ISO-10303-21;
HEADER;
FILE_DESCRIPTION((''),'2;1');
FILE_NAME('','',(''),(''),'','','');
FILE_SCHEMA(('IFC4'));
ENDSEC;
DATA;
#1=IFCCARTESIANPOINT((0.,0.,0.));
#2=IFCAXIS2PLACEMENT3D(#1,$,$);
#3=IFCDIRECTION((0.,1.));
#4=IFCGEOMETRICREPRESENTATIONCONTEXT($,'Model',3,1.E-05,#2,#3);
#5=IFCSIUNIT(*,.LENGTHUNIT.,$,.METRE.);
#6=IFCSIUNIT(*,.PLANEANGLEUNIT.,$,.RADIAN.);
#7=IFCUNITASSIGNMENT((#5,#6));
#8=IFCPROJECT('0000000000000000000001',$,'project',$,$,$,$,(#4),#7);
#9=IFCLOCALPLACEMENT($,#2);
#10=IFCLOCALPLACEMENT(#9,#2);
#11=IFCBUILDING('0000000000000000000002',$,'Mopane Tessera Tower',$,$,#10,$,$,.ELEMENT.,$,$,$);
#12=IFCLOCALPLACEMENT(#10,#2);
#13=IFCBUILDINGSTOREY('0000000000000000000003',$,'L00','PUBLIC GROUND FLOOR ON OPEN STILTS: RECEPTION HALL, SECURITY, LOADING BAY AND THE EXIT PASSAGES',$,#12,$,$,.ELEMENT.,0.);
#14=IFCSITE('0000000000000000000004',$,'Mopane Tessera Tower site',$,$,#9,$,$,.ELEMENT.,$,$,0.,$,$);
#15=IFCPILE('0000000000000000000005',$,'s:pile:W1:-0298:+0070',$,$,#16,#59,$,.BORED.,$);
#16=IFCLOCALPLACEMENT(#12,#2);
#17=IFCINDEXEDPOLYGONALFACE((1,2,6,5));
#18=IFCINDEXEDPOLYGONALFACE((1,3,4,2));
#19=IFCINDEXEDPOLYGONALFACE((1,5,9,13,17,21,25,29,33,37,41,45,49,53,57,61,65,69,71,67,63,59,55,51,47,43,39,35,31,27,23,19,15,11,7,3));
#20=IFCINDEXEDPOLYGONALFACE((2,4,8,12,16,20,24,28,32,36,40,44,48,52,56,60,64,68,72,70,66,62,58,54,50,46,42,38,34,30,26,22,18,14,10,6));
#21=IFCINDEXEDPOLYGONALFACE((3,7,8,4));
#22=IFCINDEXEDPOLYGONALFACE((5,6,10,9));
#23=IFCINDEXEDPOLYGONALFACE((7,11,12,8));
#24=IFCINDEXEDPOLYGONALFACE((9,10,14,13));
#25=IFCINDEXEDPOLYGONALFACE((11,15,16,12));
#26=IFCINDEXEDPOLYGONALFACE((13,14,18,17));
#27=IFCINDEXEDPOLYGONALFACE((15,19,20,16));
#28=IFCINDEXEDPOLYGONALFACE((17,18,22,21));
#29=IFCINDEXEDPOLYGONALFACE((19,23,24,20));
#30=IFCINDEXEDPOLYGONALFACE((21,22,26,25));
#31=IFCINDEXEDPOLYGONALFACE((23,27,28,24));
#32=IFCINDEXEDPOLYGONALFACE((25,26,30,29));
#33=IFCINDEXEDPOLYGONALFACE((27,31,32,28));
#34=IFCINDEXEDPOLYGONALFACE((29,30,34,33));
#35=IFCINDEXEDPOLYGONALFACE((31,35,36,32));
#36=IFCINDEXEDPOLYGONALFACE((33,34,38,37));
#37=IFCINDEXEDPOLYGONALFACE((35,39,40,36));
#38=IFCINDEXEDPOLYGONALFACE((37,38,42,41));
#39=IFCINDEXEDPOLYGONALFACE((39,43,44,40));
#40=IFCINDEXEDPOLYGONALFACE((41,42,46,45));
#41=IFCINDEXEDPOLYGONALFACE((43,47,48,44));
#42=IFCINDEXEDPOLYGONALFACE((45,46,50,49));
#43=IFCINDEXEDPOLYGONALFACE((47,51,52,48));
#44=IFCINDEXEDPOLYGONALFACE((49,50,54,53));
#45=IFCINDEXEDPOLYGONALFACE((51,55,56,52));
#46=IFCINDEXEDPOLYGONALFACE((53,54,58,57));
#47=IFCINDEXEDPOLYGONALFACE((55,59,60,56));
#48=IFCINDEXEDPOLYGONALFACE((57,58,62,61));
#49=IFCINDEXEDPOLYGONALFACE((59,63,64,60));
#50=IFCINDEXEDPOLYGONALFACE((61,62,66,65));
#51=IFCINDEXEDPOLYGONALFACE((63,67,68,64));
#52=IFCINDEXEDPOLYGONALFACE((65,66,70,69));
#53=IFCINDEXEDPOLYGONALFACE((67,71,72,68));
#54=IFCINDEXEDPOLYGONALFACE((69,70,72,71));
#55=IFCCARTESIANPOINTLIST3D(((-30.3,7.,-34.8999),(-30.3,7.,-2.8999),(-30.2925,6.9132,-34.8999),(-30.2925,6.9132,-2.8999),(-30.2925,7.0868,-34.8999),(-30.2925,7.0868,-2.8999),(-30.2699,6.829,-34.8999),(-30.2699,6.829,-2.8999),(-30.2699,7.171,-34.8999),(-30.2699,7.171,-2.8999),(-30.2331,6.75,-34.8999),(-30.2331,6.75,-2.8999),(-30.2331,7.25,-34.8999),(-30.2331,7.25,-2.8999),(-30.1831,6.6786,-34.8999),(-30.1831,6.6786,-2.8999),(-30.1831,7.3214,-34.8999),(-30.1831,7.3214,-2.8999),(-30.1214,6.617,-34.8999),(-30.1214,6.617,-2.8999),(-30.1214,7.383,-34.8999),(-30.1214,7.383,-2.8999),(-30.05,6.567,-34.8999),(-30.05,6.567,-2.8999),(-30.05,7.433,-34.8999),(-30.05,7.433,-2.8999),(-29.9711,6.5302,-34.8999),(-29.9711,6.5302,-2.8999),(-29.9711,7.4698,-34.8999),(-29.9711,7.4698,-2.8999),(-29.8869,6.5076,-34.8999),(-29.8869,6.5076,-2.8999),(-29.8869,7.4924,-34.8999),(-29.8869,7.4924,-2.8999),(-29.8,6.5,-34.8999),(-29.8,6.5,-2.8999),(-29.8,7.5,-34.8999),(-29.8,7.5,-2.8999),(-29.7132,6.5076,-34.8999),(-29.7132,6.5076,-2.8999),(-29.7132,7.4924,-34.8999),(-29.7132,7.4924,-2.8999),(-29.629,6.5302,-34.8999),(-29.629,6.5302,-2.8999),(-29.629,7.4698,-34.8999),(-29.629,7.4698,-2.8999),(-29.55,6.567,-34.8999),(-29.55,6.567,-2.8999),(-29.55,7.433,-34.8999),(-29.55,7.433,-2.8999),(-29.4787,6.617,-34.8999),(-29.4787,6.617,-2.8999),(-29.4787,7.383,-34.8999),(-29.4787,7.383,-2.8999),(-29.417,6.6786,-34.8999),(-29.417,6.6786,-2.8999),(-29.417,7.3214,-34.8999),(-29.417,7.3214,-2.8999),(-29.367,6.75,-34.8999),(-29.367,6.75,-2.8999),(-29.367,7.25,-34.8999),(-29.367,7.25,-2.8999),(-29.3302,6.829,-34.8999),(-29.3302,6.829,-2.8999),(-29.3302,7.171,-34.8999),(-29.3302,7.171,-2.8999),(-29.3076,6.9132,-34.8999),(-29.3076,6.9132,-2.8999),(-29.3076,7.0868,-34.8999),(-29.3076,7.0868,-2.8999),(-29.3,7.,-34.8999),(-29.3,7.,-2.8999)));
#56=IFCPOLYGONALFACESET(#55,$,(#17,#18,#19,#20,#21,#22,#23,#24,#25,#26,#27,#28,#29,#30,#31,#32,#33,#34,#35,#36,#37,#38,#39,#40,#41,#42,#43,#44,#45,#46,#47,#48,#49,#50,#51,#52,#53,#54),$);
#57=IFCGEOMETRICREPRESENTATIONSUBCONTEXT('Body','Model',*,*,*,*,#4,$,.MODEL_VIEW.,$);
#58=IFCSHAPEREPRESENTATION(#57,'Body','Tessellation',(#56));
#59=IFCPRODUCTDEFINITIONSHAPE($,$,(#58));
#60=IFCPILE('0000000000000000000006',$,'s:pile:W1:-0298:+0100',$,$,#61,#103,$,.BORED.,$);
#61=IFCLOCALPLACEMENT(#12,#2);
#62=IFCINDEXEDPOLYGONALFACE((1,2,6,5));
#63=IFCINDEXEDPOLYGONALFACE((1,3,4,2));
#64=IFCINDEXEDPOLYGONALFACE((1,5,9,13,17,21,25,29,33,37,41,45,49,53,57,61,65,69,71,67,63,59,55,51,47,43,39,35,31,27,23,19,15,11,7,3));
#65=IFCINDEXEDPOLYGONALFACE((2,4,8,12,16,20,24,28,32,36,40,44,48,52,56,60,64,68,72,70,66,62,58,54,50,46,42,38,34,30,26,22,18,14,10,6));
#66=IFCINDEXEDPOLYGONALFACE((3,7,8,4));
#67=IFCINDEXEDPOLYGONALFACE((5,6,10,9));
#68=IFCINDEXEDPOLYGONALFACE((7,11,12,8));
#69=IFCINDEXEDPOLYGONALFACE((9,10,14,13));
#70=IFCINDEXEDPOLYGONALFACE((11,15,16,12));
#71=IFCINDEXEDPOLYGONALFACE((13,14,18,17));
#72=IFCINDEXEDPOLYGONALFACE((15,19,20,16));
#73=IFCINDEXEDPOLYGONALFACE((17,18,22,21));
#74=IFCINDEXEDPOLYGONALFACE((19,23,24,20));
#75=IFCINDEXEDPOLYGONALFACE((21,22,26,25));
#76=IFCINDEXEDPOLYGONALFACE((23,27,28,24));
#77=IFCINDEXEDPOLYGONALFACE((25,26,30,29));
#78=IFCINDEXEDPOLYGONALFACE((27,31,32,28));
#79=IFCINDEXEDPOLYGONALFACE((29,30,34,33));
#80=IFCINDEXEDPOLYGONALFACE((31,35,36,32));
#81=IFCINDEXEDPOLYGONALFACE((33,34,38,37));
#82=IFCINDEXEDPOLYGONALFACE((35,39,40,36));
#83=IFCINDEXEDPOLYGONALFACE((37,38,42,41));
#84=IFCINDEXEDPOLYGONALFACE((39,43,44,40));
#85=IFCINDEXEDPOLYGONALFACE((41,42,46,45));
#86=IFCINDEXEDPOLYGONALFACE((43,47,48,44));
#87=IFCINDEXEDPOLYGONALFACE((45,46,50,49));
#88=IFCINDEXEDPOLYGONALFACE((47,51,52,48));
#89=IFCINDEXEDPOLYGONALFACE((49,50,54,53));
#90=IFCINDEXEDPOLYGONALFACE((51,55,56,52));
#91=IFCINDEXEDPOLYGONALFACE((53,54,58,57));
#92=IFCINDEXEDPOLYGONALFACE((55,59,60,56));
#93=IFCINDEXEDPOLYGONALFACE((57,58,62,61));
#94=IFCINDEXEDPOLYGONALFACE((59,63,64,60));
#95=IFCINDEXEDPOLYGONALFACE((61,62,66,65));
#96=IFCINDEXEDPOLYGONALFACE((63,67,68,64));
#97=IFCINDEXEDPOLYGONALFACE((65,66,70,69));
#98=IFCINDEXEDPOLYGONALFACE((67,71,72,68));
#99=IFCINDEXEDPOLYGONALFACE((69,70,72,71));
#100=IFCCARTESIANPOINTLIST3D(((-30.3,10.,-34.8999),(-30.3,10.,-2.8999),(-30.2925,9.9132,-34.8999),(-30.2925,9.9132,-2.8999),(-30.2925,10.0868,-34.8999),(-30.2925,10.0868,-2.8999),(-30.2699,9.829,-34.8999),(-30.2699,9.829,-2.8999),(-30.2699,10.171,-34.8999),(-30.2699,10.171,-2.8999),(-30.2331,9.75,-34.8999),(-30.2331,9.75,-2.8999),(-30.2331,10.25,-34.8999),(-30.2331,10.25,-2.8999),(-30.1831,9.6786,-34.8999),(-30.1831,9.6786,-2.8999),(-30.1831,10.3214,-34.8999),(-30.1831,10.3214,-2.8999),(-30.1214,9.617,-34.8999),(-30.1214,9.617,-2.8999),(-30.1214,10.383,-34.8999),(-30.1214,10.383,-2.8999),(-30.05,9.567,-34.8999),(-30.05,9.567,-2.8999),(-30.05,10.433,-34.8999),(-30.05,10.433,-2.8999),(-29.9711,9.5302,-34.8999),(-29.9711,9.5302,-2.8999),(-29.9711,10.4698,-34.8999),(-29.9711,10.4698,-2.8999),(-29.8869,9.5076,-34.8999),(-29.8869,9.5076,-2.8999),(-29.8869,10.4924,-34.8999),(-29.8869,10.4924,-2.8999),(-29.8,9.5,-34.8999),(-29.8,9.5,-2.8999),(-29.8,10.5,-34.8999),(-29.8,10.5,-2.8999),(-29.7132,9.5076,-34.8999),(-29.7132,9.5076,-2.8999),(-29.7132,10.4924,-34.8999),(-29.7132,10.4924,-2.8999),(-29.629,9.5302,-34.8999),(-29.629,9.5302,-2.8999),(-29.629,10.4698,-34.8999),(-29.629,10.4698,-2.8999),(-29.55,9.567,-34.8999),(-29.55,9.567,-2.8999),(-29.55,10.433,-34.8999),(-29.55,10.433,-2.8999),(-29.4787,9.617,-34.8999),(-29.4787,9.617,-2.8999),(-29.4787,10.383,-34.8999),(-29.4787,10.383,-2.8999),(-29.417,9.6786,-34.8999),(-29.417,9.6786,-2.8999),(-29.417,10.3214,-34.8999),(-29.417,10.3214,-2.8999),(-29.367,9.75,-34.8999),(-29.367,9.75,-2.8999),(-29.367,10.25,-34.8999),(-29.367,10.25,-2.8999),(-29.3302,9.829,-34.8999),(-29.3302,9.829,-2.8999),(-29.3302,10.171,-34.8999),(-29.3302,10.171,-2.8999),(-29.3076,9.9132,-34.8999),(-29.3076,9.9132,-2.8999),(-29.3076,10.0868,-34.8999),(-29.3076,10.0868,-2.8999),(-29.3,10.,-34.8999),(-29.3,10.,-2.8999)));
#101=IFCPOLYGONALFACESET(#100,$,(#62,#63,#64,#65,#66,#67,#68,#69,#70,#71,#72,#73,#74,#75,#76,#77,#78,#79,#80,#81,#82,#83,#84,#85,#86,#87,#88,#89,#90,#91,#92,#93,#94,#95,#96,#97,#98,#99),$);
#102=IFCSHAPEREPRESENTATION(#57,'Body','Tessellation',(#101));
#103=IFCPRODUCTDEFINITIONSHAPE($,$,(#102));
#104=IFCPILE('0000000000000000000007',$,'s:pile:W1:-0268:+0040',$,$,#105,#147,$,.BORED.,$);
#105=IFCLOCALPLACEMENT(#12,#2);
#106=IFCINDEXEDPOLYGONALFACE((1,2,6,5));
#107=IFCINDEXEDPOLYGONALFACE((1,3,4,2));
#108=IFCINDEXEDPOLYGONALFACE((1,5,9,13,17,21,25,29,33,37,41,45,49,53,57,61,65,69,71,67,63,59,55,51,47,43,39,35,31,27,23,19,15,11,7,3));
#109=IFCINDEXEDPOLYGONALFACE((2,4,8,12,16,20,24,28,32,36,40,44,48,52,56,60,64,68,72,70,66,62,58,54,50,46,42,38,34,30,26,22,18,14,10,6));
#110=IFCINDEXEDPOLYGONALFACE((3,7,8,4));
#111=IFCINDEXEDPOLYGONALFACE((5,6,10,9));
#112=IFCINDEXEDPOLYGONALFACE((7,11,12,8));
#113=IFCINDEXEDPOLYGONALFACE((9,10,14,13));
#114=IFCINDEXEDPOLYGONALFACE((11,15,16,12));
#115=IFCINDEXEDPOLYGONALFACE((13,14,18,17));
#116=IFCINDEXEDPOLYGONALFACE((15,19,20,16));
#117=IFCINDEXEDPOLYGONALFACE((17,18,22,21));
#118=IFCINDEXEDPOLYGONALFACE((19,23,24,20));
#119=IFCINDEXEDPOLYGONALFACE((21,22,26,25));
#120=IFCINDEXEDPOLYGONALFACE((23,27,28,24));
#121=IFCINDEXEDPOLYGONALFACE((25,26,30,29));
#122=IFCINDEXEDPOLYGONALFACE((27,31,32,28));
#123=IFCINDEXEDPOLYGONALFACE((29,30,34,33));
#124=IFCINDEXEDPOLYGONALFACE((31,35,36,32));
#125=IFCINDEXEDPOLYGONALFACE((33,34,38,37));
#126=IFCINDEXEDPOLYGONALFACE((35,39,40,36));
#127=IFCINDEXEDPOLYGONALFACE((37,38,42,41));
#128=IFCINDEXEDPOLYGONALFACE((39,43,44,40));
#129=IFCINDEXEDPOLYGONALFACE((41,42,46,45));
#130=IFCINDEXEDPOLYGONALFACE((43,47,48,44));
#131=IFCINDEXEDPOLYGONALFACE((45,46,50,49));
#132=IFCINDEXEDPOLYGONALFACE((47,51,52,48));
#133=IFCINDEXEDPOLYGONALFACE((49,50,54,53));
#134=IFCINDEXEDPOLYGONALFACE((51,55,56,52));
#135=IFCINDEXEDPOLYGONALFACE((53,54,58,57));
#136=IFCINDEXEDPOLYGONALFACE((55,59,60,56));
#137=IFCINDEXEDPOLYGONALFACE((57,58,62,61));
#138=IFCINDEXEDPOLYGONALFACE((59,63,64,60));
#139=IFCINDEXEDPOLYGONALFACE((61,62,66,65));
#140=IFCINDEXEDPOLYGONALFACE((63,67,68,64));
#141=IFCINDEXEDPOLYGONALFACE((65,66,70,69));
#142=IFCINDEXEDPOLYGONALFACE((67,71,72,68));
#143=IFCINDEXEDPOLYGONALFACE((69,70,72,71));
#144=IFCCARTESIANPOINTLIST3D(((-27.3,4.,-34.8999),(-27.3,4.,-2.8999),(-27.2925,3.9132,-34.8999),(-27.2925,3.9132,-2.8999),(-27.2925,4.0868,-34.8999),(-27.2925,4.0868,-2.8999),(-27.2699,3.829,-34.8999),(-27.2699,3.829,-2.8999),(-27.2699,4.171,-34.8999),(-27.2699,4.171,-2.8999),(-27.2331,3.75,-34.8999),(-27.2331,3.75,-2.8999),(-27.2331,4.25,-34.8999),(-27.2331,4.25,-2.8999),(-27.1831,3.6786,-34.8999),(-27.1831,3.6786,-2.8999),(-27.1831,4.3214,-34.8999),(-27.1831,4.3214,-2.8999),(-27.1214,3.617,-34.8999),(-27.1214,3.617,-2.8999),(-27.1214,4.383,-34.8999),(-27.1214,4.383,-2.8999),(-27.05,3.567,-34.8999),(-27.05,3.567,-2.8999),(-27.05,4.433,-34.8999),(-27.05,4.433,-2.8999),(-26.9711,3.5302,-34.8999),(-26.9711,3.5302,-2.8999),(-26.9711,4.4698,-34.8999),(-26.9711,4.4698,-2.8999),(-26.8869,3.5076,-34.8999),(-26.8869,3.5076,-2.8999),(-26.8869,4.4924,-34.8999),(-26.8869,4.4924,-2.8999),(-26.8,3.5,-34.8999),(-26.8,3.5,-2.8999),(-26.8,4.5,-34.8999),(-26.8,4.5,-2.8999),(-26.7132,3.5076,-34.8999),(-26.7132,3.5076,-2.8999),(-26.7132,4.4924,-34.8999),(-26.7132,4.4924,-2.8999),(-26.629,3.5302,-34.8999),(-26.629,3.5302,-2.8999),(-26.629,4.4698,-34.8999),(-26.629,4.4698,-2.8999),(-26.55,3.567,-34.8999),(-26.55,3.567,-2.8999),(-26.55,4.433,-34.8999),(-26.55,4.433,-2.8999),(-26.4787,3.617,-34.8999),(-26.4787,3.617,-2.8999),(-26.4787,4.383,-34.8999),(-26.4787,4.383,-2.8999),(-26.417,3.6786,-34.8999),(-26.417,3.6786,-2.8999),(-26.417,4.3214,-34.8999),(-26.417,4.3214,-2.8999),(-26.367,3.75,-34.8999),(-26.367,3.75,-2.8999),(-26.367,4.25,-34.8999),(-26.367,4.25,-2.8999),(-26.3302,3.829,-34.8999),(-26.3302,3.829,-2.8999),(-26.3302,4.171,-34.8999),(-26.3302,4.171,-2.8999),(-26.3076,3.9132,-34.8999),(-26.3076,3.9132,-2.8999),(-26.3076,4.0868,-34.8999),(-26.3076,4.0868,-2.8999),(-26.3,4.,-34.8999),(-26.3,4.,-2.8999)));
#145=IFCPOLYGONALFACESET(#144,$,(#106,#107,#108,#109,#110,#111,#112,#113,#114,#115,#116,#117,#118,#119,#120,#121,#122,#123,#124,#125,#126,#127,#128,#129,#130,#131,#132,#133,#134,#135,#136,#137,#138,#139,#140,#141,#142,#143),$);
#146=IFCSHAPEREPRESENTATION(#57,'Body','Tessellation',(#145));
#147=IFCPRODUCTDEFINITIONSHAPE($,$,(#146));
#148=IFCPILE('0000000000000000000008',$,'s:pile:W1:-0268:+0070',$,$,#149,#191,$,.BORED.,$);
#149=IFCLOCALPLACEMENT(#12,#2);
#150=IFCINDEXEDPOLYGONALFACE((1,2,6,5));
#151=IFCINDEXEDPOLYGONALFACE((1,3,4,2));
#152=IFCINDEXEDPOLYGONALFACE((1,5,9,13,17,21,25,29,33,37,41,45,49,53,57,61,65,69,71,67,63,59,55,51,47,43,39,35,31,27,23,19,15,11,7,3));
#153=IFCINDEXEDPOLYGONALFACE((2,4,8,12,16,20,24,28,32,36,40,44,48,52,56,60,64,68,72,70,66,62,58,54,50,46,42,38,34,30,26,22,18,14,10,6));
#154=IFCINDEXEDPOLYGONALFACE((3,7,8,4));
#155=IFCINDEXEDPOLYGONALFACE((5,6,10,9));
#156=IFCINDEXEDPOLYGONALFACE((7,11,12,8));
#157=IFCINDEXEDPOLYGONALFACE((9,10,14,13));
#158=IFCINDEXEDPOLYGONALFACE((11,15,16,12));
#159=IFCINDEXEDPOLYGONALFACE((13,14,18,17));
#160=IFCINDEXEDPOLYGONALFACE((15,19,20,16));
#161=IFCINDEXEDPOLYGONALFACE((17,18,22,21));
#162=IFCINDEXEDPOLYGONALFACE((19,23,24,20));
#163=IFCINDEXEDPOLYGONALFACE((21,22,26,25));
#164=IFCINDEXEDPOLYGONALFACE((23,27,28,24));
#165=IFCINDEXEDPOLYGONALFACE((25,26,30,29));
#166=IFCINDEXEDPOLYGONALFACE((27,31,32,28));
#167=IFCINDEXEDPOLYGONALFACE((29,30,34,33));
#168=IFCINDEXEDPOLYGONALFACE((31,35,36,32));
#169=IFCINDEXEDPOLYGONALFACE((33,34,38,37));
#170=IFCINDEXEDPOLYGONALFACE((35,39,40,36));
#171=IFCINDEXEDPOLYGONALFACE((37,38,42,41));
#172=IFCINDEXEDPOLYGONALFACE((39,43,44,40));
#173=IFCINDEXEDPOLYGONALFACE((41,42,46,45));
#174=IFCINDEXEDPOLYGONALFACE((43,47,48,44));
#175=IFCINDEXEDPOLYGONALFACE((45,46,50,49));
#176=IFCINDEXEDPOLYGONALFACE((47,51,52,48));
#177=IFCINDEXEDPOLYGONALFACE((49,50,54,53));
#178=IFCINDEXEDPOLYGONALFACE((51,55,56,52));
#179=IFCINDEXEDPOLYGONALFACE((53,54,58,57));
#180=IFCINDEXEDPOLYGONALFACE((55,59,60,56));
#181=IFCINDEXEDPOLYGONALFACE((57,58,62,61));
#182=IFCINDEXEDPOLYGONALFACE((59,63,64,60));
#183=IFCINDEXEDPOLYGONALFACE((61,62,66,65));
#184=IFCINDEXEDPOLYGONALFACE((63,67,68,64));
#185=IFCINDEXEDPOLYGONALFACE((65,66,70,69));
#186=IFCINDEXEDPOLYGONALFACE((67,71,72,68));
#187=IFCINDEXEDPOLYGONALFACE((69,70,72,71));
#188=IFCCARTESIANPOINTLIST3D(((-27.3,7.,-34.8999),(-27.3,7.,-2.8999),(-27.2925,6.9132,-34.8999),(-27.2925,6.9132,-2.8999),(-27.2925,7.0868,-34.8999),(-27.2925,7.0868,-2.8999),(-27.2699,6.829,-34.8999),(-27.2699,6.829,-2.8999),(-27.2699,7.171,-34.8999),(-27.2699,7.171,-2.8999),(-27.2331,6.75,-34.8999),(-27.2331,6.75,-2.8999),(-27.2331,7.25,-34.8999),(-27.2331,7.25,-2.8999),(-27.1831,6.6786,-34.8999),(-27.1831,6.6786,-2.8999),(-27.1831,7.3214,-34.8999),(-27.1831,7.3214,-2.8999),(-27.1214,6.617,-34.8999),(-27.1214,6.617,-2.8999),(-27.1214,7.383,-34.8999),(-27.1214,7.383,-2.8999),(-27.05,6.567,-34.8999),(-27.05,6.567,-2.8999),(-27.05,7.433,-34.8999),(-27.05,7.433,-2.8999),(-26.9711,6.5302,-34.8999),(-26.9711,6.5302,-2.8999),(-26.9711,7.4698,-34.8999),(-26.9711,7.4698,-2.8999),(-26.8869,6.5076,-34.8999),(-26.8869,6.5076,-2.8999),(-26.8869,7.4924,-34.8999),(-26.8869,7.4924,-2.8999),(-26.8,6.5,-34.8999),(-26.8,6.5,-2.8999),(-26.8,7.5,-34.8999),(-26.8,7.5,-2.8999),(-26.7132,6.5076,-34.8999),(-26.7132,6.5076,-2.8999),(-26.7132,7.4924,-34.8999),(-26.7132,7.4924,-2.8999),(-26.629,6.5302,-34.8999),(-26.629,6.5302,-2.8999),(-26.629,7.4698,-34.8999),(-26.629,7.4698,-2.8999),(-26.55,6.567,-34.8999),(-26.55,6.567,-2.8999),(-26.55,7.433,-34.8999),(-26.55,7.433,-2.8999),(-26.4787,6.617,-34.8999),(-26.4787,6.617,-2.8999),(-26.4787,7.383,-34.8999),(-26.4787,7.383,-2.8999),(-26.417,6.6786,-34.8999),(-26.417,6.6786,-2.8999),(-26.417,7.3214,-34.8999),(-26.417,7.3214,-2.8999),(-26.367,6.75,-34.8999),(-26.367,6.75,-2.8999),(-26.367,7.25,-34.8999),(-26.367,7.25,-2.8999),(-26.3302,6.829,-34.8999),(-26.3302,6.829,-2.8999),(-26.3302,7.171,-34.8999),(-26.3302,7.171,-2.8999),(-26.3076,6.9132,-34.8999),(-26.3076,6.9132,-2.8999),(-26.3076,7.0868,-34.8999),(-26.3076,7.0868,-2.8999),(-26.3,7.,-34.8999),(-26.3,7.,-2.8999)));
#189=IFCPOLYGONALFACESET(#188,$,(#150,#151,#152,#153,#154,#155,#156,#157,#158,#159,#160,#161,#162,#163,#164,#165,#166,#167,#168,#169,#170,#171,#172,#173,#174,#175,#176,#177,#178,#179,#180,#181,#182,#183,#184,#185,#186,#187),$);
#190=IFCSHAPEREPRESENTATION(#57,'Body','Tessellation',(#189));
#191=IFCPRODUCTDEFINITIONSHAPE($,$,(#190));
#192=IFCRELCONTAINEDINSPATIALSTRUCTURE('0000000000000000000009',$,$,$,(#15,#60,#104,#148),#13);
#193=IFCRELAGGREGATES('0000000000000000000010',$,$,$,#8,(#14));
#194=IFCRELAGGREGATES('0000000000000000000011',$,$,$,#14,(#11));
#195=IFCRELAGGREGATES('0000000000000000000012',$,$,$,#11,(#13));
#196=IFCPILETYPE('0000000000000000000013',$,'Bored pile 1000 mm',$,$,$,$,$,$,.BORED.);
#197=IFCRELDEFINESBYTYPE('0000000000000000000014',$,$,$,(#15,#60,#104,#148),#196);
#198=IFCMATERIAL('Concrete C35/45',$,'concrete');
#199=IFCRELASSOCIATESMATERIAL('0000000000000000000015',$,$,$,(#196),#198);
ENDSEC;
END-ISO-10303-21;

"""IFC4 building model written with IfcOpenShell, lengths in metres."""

from ifc_helpers import new_model, si_unit, direction, frame, origin, origin_2d, place, context, subcontext, project, spatial, circle, extrude, material, material_profile, profile_set, type_object, element, save


model = new_model("IFC4")

# Units and contexts
model_context = context("Model", 3, precision=1e-05, world=origin(), true_north=direction((0.0, 1.0)))
body_context = subcontext(model_context, "Body", "Model", "MODEL_VIEW")
ifc_project = project(units=[si_unit("LENGTHUNIT", "METRE"), si_unit("PLANEANGLEUNIT", "RADIAN")], contexts=[model_context])

# Site, building, storey
site_placement = place(None, origin())
site = spatial("IfcSite", under=ifc_project, at=site_placement, Name="Mopane Tessera Tower site", CompositionType="ELEMENT", RefElevation=0.0)
building_placement = place(site_placement, origin())
building = spatial("IfcBuilding", under=site, at=building_placement, Name="Mopane Tessera Tower", CompositionType="ELEMENT")
storey_placement = place(building_placement, origin())
storey = spatial("IfcBuildingStorey", under=building, at=storey_placement, Name="L00", Description="PUBLIC GROUND FLOOR ON OPEN STILTS: RECEPTION HALL, SECURITY, LOADING BAY AND THE EXIT PASSAGES", CompositionType="ELEMENT", Elevation=0.0)

# Piles
ifc_material_1 = material(Name="Concrete C35/45", Category="concrete")
ifc_material_profile_1 = material_profile(ifc_material_1, circle(Radius=0.5, at=origin_2d()))
ifc_profile_set_1 = profile_set([ifc_material_profile_1], Name="Concrete C35/45")
pile_type_1 = type_object("IfcPileType", Name="Bored pile 1000 mm", PredefinedType="BORED", material=ifc_profile_set_1)
for number, where, z_axis, x_axis, name in (
    (1, (-29.8, 7.0, -2.8999), (0.0, 0.0, -1.0), (1.0, 0.0, 0.0), "s:pile:W1:-0298:+0070"),
    (2, (-29.8, 10.0, -2.8999), (0.0, 0.0, -1.0), (1.0, 0.0, 0.0), "s:pile:W1:-0298:+0100"),
    (3, (-26.8, 4.0, -2.8999), (0.0, 0.0, -1.0), (1.0, 0.0, 0.0), "s:pile:W1:-0268:+0040"),
    (4, (-26.8, 7.0, -2.8999), (0.0, 0.0, -1.0), (1.0, 0.0, 0.0), "s:pile:W1:-0268:+0070"),
):
    element("IfcPile", number, at=place(storey_placement, frame(where, z_axis=z_axis, x_axis=x_axis)), inside=storey, type_object=pile_type_1, Name=name, PredefinedType="BORED", context=body_context, shape_type="SweptSolid", body=[
        extrude(circle(Radius=0.5, at=origin_2d()), origin(), (0.0, 0.0, 1.0), 32.0),
    ])

save(model, "model.ifc")
